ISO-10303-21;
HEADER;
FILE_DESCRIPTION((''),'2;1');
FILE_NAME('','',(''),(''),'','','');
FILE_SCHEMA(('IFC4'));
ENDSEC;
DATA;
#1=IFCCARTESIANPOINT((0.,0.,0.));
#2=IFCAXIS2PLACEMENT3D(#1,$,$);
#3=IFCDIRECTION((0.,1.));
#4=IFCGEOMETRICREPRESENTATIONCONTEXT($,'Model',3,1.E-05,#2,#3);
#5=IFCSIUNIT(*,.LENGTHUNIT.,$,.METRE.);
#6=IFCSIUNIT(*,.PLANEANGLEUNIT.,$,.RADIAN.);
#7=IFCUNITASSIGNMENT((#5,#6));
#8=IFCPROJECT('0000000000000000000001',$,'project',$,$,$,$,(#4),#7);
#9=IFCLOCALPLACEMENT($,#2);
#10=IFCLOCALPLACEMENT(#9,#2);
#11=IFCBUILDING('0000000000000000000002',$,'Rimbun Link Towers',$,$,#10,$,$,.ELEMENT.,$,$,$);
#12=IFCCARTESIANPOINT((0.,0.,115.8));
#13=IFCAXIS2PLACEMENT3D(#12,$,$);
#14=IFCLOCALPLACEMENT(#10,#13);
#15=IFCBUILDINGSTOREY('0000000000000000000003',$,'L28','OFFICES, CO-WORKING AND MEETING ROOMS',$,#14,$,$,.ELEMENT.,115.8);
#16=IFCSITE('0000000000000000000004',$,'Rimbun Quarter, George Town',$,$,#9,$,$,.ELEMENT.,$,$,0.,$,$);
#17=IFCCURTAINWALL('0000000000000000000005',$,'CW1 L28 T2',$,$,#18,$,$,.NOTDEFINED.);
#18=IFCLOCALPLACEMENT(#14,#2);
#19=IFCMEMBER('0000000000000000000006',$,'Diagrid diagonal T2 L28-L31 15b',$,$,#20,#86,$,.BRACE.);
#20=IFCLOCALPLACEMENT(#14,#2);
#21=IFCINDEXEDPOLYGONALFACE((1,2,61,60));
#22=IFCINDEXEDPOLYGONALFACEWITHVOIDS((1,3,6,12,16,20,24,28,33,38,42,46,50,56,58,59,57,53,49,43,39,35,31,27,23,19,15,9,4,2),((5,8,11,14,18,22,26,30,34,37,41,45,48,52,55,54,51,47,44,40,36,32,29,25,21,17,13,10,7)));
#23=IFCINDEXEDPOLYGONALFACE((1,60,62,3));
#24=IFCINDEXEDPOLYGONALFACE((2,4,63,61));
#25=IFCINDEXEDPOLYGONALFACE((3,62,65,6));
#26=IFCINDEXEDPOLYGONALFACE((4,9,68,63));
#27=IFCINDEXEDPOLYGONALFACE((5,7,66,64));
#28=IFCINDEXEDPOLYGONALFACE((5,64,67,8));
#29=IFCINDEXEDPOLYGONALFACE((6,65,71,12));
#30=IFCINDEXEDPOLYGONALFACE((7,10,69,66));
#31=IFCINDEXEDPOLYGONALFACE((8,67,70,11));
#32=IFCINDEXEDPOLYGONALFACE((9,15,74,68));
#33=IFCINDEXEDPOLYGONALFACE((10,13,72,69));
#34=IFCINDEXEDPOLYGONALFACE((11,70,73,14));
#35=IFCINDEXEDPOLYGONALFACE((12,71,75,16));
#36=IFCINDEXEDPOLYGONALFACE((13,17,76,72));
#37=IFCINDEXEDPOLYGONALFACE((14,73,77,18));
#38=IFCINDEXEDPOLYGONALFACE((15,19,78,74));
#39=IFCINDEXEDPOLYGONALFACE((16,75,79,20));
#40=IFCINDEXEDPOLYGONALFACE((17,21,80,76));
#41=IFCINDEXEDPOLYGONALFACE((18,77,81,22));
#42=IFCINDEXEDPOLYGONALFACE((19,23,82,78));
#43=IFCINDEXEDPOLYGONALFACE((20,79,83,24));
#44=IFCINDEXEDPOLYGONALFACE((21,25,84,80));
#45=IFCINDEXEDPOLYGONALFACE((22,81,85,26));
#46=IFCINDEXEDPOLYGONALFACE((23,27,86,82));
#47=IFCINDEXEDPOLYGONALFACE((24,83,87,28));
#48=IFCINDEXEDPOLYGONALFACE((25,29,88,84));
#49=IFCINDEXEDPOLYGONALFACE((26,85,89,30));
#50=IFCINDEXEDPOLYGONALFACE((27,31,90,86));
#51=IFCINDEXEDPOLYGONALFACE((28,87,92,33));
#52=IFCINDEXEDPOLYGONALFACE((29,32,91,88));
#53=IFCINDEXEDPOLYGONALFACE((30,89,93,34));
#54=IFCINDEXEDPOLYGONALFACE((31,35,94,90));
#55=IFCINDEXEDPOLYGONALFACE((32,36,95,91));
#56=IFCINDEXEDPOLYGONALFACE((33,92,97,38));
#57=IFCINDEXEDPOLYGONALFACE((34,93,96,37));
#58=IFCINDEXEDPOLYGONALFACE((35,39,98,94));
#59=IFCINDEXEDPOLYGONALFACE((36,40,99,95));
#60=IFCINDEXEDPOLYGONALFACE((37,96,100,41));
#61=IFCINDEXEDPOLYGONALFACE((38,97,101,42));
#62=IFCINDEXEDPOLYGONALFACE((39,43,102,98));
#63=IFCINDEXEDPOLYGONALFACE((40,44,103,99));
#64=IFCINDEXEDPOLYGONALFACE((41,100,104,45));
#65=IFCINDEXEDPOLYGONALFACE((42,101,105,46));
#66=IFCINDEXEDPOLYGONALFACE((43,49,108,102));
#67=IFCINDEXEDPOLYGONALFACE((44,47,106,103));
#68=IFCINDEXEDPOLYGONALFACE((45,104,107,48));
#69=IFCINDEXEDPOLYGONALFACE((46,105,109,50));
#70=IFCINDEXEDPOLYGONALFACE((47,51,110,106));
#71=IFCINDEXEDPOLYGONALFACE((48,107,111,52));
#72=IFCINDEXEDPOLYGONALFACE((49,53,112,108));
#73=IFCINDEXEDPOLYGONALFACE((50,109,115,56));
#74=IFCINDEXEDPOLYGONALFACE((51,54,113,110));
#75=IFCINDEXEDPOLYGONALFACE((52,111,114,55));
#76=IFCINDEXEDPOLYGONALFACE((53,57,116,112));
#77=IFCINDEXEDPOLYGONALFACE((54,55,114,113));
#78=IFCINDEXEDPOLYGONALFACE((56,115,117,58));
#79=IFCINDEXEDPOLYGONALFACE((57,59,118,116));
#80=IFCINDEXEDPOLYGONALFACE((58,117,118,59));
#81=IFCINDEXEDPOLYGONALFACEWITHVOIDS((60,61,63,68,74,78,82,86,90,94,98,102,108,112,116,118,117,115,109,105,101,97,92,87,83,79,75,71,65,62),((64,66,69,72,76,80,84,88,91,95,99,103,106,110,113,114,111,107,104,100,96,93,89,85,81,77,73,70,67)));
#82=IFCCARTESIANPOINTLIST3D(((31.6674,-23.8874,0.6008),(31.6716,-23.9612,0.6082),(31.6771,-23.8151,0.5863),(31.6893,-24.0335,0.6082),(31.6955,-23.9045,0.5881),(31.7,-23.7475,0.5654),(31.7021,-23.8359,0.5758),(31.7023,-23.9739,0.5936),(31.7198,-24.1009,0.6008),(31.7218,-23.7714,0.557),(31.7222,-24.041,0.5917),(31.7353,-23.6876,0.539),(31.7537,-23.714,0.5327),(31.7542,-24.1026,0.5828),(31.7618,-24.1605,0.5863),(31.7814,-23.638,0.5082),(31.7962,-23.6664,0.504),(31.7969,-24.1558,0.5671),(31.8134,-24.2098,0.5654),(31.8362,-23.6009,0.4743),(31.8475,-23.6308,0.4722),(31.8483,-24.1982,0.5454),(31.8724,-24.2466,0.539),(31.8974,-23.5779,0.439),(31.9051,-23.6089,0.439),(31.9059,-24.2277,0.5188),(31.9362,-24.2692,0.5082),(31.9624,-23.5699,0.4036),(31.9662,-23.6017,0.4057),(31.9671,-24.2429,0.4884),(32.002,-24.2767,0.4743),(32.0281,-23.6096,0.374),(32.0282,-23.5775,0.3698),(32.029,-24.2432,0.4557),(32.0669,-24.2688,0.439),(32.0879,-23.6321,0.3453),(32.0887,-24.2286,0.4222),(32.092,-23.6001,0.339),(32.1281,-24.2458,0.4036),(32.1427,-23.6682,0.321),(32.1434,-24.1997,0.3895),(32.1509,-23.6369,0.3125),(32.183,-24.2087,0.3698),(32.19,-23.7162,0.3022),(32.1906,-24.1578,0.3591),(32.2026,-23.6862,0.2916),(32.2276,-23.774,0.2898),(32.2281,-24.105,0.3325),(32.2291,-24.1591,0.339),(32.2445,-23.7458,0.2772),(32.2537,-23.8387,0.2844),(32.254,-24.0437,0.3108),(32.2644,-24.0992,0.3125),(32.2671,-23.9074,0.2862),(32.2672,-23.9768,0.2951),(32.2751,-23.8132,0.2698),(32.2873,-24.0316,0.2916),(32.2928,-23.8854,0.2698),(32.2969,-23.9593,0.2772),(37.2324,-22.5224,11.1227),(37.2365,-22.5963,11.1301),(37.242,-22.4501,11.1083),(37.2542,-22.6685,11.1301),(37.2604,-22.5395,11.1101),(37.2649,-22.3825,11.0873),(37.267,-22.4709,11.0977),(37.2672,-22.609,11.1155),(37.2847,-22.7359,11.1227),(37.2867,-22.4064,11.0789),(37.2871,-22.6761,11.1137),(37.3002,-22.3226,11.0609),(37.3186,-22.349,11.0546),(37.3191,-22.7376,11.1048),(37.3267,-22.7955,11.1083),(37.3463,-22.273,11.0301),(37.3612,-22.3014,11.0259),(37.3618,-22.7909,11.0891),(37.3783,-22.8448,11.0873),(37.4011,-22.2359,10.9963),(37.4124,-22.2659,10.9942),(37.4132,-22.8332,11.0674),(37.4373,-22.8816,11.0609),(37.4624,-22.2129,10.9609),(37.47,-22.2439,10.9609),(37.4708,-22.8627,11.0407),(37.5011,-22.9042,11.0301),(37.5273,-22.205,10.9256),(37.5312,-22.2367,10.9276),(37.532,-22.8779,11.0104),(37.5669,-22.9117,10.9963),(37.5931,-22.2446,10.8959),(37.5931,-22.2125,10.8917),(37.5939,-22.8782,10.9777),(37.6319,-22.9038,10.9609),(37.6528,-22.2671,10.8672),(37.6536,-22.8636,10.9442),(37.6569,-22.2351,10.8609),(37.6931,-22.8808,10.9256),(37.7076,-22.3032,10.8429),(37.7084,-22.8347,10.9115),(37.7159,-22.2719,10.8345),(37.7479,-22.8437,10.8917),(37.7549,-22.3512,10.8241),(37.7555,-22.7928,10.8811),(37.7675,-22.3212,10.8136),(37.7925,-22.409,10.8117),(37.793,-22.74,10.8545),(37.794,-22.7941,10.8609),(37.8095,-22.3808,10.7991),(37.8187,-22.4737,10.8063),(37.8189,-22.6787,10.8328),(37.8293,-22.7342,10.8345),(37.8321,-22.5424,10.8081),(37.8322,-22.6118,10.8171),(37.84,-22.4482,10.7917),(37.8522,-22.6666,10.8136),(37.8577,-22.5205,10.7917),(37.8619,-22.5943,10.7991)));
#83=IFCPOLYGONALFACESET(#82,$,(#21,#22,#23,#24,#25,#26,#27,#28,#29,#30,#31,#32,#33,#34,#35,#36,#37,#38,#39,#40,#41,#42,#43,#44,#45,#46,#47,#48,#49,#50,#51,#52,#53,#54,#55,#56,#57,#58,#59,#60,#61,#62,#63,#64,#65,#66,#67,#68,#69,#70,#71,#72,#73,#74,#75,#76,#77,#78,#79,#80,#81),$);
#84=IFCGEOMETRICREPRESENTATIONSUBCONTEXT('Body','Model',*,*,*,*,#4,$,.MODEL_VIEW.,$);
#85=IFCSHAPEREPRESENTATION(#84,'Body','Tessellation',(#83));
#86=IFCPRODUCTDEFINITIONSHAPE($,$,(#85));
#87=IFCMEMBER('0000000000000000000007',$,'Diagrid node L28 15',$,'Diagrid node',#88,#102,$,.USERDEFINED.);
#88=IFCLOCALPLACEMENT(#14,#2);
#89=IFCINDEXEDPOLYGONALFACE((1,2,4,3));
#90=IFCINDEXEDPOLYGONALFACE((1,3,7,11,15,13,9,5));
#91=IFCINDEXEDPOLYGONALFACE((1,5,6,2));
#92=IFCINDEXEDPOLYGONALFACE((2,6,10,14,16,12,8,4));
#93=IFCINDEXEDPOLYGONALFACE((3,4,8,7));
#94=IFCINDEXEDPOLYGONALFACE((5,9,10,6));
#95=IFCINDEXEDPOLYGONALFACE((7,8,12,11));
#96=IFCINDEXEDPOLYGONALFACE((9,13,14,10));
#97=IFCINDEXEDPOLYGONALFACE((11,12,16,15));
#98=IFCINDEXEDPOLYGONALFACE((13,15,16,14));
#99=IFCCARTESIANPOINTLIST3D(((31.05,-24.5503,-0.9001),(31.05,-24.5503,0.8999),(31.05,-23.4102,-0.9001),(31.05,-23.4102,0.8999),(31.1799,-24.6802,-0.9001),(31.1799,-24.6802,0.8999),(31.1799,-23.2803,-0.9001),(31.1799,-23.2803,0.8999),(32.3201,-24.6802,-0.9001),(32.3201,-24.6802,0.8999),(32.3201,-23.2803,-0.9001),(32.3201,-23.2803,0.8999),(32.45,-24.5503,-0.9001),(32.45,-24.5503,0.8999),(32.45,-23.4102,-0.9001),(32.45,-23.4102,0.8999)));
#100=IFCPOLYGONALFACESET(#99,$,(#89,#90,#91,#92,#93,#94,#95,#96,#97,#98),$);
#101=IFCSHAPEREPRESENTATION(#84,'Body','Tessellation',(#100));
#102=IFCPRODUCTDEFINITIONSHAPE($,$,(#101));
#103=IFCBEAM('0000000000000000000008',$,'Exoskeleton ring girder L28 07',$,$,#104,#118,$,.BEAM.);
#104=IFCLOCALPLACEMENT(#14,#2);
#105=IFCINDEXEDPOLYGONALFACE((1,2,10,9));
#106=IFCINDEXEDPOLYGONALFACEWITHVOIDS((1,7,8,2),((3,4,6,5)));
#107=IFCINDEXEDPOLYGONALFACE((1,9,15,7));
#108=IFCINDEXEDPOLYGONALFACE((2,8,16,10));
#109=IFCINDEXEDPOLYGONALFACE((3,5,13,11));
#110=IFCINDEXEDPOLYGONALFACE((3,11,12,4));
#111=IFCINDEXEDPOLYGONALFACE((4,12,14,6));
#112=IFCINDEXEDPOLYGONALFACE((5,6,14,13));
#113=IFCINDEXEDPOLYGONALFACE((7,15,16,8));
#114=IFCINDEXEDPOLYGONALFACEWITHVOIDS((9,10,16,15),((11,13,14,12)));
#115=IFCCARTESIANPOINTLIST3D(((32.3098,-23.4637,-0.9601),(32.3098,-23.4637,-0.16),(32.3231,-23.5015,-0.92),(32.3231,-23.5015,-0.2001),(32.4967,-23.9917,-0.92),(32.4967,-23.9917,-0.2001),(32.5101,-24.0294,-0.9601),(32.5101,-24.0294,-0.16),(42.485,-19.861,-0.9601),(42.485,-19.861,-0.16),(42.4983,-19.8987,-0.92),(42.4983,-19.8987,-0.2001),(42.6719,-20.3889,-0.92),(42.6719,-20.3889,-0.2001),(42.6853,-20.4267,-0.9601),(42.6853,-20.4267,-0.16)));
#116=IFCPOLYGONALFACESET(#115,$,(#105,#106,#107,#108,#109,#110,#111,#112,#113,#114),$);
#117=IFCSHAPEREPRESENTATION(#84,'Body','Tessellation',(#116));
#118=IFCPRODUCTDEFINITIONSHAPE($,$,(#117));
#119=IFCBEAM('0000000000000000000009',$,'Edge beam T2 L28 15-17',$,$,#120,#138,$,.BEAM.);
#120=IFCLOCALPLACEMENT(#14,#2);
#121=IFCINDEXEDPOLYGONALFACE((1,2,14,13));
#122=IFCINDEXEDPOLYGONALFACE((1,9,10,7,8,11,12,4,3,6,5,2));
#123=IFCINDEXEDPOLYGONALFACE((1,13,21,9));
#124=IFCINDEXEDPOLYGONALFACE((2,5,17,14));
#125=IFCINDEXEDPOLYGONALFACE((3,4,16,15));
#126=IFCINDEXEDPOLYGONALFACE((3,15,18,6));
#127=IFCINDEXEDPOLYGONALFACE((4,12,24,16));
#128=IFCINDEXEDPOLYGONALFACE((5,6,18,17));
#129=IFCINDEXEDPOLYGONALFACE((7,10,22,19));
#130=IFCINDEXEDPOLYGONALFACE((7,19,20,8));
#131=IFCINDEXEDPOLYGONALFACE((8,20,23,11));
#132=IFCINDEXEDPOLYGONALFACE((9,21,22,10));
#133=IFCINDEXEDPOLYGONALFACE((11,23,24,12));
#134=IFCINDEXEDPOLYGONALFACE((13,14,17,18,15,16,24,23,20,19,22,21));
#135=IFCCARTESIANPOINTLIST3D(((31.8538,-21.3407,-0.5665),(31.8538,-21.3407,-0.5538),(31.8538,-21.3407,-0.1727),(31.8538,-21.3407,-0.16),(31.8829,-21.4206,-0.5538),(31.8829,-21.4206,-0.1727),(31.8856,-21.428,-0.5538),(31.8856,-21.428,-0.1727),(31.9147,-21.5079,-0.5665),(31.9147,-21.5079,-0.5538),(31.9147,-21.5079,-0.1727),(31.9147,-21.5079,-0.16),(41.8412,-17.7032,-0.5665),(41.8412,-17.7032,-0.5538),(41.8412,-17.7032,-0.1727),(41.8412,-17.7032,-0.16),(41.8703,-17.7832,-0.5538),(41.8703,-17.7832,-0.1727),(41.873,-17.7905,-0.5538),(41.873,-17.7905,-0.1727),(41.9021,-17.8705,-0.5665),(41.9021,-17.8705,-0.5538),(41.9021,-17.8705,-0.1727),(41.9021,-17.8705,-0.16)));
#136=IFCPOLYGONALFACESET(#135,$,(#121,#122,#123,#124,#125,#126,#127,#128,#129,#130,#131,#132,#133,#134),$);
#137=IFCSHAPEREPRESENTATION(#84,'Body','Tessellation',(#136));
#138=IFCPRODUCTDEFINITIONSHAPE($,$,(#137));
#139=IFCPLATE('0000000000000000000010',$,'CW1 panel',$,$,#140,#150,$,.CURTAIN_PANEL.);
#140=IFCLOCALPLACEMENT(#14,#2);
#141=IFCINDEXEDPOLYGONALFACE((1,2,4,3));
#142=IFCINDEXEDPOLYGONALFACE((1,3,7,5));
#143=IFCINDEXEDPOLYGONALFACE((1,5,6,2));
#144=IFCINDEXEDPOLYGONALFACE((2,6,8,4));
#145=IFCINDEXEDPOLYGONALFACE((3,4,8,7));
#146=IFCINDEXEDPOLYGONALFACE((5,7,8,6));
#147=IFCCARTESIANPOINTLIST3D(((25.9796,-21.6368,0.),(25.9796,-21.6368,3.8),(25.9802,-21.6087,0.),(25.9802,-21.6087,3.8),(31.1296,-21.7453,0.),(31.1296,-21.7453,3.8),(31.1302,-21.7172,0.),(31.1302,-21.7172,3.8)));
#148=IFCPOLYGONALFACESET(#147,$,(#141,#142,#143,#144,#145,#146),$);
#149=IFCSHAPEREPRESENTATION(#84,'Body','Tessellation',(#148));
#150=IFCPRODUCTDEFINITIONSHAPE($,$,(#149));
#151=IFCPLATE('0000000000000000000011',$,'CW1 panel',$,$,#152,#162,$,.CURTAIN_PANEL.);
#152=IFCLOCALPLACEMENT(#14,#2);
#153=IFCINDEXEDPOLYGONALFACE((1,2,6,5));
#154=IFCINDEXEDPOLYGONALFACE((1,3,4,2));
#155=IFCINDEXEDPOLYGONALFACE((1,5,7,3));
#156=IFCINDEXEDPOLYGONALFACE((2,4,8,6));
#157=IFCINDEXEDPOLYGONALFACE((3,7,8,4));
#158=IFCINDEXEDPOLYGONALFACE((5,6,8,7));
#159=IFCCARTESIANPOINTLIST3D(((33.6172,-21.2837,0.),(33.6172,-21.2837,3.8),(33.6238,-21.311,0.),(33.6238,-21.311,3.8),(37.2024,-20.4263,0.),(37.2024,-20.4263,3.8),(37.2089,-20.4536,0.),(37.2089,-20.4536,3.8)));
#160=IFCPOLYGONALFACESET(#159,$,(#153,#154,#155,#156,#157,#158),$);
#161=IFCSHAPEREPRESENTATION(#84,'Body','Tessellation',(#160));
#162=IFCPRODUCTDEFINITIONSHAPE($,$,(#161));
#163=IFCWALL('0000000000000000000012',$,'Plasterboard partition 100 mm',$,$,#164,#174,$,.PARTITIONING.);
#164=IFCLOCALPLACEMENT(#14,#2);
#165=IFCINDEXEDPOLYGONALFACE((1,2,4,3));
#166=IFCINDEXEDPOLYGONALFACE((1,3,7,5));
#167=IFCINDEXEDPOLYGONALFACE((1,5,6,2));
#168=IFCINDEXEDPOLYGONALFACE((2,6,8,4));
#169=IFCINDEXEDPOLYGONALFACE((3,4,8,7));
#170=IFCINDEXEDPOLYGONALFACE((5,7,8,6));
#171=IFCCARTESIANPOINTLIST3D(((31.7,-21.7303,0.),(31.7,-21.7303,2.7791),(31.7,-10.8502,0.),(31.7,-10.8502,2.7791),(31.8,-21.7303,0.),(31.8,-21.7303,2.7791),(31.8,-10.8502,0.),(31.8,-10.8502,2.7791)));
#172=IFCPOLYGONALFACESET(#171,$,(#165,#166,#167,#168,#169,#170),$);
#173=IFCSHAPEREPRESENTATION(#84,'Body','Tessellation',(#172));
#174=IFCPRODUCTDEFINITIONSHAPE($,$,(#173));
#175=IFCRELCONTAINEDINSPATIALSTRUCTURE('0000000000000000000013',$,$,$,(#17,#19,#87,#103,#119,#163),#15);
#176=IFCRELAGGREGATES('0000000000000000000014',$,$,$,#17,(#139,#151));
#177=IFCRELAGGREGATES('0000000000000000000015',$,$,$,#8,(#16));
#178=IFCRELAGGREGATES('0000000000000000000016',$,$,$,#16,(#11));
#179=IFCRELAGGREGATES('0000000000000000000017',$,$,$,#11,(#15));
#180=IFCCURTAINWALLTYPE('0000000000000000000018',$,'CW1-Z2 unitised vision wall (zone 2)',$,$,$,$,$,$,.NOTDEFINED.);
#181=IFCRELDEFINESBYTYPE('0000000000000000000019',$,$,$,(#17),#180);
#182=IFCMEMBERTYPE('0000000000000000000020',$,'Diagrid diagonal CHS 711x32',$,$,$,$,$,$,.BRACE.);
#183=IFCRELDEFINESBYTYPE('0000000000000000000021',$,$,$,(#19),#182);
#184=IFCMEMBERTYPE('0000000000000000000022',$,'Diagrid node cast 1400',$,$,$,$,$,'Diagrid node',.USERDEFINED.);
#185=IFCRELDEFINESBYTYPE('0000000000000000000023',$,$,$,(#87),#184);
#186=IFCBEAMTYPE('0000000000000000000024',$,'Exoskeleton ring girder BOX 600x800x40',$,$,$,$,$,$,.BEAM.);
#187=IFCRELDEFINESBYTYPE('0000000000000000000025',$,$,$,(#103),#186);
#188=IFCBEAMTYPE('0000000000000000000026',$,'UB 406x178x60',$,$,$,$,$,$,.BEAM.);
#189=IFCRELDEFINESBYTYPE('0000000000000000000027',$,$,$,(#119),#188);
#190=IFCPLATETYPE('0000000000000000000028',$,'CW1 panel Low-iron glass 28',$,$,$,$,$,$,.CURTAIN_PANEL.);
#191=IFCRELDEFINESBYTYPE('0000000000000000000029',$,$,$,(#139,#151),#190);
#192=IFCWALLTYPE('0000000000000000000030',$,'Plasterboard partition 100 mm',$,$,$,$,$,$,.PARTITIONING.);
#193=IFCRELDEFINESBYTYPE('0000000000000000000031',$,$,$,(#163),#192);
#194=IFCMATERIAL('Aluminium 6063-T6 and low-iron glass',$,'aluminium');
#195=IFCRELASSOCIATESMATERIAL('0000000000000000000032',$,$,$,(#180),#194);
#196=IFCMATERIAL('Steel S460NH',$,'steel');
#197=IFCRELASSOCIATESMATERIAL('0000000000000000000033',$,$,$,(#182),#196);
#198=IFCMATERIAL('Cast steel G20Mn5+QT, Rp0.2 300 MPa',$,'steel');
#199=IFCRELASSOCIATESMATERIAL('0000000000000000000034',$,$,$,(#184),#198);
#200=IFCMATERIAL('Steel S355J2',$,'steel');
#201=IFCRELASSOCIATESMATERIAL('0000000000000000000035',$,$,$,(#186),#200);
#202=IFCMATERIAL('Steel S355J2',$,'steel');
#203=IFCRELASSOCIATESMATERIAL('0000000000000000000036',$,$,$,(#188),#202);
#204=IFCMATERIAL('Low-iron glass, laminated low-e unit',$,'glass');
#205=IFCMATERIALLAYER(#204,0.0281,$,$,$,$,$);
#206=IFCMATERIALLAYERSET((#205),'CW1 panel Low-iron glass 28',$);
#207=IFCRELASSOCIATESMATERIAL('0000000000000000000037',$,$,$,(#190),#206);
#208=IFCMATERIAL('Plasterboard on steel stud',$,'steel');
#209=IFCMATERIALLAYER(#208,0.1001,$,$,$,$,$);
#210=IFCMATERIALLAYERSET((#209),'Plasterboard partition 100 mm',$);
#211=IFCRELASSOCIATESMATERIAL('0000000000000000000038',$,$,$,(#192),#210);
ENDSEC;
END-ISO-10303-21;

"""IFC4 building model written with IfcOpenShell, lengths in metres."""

from ifc_helpers import new_model, si_unit, direction, frame, frame_2d, origin, origin_2d, place, context, subcontext, project, spatial, polyline, rectangle, hollow_rectangle, hollow_circle, i_section, outline, extrude, material, layer, layer_set, material_profile, profile_set, type_object, element, aggregate, save


model = new_model("IFC4")

# Units and contexts
model_context = context("Model", 3, precision=1e-05, world=origin(), true_north=direction((0.0, 1.0)))
body_context = subcontext(model_context, "Body", "Model", "MODEL_VIEW")
ifc_project = project(units=[si_unit("LENGTHUNIT", "METRE"), si_unit("PLANEANGLEUNIT", "RADIAN")], contexts=[model_context])

# Site, building, storey
site_placement = place(None, origin())
site = spatial("IfcSite", under=ifc_project, at=site_placement, Name="Rimbun Quarter, George Town", CompositionType="ELEMENT", RefElevation=0.0)
building_placement = place(site_placement, origin())
building = spatial("IfcBuilding", under=site, at=building_placement, Name="Rimbun Link Towers", CompositionType="ELEMENT")
storey_placement = place(building_placement, frame((0.0, 0.0, 115.8)))
storey = spatial("IfcBuildingStorey", under=building, at=storey_placement, Name="L28", Description="OFFICES, CO-WORKING AND MEETING ROOMS", CompositionType="ELEMENT", Elevation=115.8)

# Curtain wall
ifc_material_1 = material(Name="Aluminium 6063-T6 and low-iron glass", Category="aluminium")
curtain_wall_type = type_object("IfcCurtainWallType", Name="CW1-Z2 unitised vision wall (zone 2)", PredefinedType="NOTDEFINED", material=ifc_material_1)
curtain_wall_placement = place(storey_placement, origin())
curtain_wall = element("IfcCurtainWall", 1, at=curtain_wall_placement, inside=storey, type_object=curtain_wall_type, Name="CW1 L28 T2", PredefinedType="NOTDEFINED")

# Members
ifc_material_2 = material(Name="Steel S460NH", Category="steel")
ifc_material_profile_1 = material_profile(ifc_material_2, hollow_circle(Radius=0.3557, WallThickness=0.032, at=origin_2d()), Name="Diagrid diagonal CHS 711x32")
ifc_profile_set_1 = profile_set([ifc_material_profile_1], Name="Steel S460NH")
member_type_1 = type_object("IfcMemberType", Name="Diagrid diagonal CHS 711x32", PredefinedType="BRACE", material=ifc_profile_set_1)
member_1_placement = place(storey_placement, frame((31.9822, -23.9233, 0.439), z_axis=(0.464482, 0.11393, 0.878224), x_axis=(-0.238222, 0.971211, 0.0)))
element("IfcMember", 2, at=member_1_placement, inside=storey, type_object=member_type_1, Name="Diagrid diagonal T2 L28-L31 15b", PredefinedType="BRACE", context=body_context, shape_type="SweptSolid", body=[
    extrude(hollow_circle(Radius=0.3557, WallThickness=0.032, at=origin_2d()), origin(), (0.0, 0.0, 1.0), 11.981),
])
ifc_material_3 = material(Name="Cast steel G20Mn5+QT, Rp0.2 300 MPa", Category="steel")
ifc_material_profile_2 = material_profile(ifc_material_3, outline(polyline([(0.7, -0.5701), (0.7, 0.5701), (0.5701, 0.7), (-0.5701, 0.7), (-0.7, 0.5701), (-0.7, -0.5701), (-0.5701, -0.7), (0.5701, -0.7), (0.7, -0.5701)])), Name="NODE 1400x1400")
ifc_profile_set_2 = profile_set([ifc_material_profile_2], Name="Cast steel G20Mn5+QT, Rp0.2 300 MPa")
member_type_2 = type_object("IfcMemberType", Name="Diagrid node cast 1400", ElementType="Diagrid node", PredefinedType="USERDEFINED", material=ifc_profile_set_2)
member_2_placement = place(storey_placement, frame((31.75, -23.9802, -0.9001), z_axis=(0.0, 0.0, 1.0), x_axis=(0.0, -1.0, 0.0)))
element("IfcMember", 3, at=member_2_placement, inside=storey, type_object=member_type_2, Name="Diagrid node L28 15", ObjectType="Diagrid node", PredefinedType="USERDEFINED", context=body_context, shape_type="SweptSolid", body=[
    extrude(outline(polyline([(0.7, -0.5701), (0.7, 0.5701), (0.5701, 0.7), (-0.5701, 0.7), (-0.7, 0.5701), (-0.7, -0.5701), (-0.5701, -0.7), (0.5701, -0.7), (0.7, -0.5701)])), origin(), (0.0, 0.0, 1.0), 1.8),
])

# Beams
ifc_material_4 = material(Name="Steel S355J2", Category="steel")
ifc_material_profile_3 = material_profile(ifc_material_4, hollow_rectangle(XDim=0.6001, YDim=0.8, WallThickness=0.04, at=origin_2d()), Name="Exoskeleton ring girder BOX 600x800x40")
ifc_profile_set_3 = profile_set([ifc_material_profile_3], Name="Steel S355J2")
beam_type_1 = type_object("IfcBeamType", Name="Exoskeleton ring girder BOX 600x800x40", PredefinedType="BEAM", material=ifc_profile_set_3)
beam_1_placement = place(storey_placement, frame((32.4099, -23.7466, -0.5601), z_axis=(0.942655, 0.333768, 0.0), x_axis=(-0.333768, 0.942655, 0.0)))
element("IfcBeam", 4, at=beam_1_placement, inside=storey, type_object=beam_type_1, Name="Exoskeleton ring girder L28 07", PredefinedType="BEAM", context=body_context, shape_type="SweptSolid", body=[
    extrude(hollow_rectangle(XDim=0.6001, YDim=0.8, WallThickness=0.04, at=origin_2d()), origin(), (0.0, 0.0, 1.0), 10.7942),
])
ifc_material_5 = material(Name="Steel S355J2", Category="steel")
ifc_material_profile_4 = material_profile(ifc_material_5, i_section(OverallWidth=0.178, OverallDepth=0.4065, WebThickness=0.0078, FlangeThickness=0.0127, at=origin_2d()), Name="UB 406x178x60")
ifc_profile_set_4 = profile_set([ifc_material_profile_4], Name="Steel S355J2")
beam_type_2 = type_object("IfcBeamType", Name="UB 406x178x60", PredefinedType="BEAM", material=ifc_profile_set_4)
beam_2_placement = place(storey_placement, frame((31.8843, -21.4243, -0.3633), z_axis=(0.939621, 0.342217, 0.0), x_axis=(-0.342217, 0.939621, 0.0)))
element("IfcBeam", 5, at=beam_2_placement, inside=storey, type_object=beam_type_2, Name="Edge beam T2 L28 15-17", PredefinedType="BEAM", context=body_context, shape_type="SweptSolid", body=[
    extrude(i_section(OverallWidth=0.178, OverallDepth=0.4065, WebThickness=0.0078, FlangeThickness=0.0127, at=origin_2d()), origin(), (0.0, 0.0, 1.0), 10.6292),
])

# Plates
ifc_material_6 = material(Name="Low-iron glass, laminated low-e unit", Category="glass")
ifc_layer_1 = layer(ifc_material_6, 0.0281)
ifc_layer_set_1 = layer_set([ifc_layer_1], Name="CW1 panel Low-iron glass 28")
plate_type = type_object("IfcPlateType", Name="CW1 panel Low-iron glass 28", PredefinedType="CURTAIN_PANEL", material=ifc_layer_set_1)
plate_1_placement = place(storey_placement, frame((28.5549, -21.677, 0.0), z_axis=(0.0, 0.0, 1.0), x_axis=(-0.999778, 0.021066, 0.0)))
plate_1 = element("IfcPlate", 6, at=plate_1_placement, type_object=plate_type, Name="CW1 panel", PredefinedType="CURTAIN_PANEL", context=body_context, shape_type="SweptSolid", body=[
    extrude(rectangle(XDim=5.1511, YDim=0.0281, at=origin_2d()), origin(), (0.0, 0.0, 1.0), 3.8),
])
plate_2_placement = place(storey_placement, frame((35.4131, -20.8687, 0.0), z_axis=(0.0, 0.0, 1.0), x_axis=(-0.972572, -0.232603, 0.0)))
plate_2 = element("IfcPlate", 7, at=plate_2_placement, type_object=plate_type, Name="CW1 panel", PredefinedType="CURTAIN_PANEL", context=body_context, shape_type="SweptSolid", body=[
    extrude(rectangle(XDim=3.6863, YDim=0.0281, at=origin_2d()), origin(), (0.0, 0.0, 1.0), 3.8),
])
aggregate(curtain_wall, [plate_1, plate_2])

# Wall
ifc_material_7 = material(Name="Plasterboard on steel stud", Category="steel")
ifc_layer_2 = layer(ifc_material_7, 0.1001)
ifc_layer_set_2 = layer_set([ifc_layer_2], Name="Plasterboard partition 100 mm")
wall_type = type_object("IfcWallType", Name="Plasterboard partition 100 mm", PredefinedType="PARTITIONING", material=ifc_layer_set_2)
wall_1_placement = place(storey_placement, frame((31.75, -21.7302, 0.0), z_axis=(0.0, 0.0, 1.0), x_axis=(0.0, 1.0, 0.0)))
element("IfcWall", 8, at=wall_1_placement, inside=storey, type_object=wall_type, Name="Plasterboard partition 100 mm", PredefinedType="PARTITIONING", context=body_context, shape_type="SweptSolid", body=[
    extrude(rectangle(XDim=10.8801, YDim=0.1001, at=frame_2d((5.4399, 0.0))), origin(), (0.0, 0.0, 1.0), 2.7791),
])

save(model, "model.ifc")
